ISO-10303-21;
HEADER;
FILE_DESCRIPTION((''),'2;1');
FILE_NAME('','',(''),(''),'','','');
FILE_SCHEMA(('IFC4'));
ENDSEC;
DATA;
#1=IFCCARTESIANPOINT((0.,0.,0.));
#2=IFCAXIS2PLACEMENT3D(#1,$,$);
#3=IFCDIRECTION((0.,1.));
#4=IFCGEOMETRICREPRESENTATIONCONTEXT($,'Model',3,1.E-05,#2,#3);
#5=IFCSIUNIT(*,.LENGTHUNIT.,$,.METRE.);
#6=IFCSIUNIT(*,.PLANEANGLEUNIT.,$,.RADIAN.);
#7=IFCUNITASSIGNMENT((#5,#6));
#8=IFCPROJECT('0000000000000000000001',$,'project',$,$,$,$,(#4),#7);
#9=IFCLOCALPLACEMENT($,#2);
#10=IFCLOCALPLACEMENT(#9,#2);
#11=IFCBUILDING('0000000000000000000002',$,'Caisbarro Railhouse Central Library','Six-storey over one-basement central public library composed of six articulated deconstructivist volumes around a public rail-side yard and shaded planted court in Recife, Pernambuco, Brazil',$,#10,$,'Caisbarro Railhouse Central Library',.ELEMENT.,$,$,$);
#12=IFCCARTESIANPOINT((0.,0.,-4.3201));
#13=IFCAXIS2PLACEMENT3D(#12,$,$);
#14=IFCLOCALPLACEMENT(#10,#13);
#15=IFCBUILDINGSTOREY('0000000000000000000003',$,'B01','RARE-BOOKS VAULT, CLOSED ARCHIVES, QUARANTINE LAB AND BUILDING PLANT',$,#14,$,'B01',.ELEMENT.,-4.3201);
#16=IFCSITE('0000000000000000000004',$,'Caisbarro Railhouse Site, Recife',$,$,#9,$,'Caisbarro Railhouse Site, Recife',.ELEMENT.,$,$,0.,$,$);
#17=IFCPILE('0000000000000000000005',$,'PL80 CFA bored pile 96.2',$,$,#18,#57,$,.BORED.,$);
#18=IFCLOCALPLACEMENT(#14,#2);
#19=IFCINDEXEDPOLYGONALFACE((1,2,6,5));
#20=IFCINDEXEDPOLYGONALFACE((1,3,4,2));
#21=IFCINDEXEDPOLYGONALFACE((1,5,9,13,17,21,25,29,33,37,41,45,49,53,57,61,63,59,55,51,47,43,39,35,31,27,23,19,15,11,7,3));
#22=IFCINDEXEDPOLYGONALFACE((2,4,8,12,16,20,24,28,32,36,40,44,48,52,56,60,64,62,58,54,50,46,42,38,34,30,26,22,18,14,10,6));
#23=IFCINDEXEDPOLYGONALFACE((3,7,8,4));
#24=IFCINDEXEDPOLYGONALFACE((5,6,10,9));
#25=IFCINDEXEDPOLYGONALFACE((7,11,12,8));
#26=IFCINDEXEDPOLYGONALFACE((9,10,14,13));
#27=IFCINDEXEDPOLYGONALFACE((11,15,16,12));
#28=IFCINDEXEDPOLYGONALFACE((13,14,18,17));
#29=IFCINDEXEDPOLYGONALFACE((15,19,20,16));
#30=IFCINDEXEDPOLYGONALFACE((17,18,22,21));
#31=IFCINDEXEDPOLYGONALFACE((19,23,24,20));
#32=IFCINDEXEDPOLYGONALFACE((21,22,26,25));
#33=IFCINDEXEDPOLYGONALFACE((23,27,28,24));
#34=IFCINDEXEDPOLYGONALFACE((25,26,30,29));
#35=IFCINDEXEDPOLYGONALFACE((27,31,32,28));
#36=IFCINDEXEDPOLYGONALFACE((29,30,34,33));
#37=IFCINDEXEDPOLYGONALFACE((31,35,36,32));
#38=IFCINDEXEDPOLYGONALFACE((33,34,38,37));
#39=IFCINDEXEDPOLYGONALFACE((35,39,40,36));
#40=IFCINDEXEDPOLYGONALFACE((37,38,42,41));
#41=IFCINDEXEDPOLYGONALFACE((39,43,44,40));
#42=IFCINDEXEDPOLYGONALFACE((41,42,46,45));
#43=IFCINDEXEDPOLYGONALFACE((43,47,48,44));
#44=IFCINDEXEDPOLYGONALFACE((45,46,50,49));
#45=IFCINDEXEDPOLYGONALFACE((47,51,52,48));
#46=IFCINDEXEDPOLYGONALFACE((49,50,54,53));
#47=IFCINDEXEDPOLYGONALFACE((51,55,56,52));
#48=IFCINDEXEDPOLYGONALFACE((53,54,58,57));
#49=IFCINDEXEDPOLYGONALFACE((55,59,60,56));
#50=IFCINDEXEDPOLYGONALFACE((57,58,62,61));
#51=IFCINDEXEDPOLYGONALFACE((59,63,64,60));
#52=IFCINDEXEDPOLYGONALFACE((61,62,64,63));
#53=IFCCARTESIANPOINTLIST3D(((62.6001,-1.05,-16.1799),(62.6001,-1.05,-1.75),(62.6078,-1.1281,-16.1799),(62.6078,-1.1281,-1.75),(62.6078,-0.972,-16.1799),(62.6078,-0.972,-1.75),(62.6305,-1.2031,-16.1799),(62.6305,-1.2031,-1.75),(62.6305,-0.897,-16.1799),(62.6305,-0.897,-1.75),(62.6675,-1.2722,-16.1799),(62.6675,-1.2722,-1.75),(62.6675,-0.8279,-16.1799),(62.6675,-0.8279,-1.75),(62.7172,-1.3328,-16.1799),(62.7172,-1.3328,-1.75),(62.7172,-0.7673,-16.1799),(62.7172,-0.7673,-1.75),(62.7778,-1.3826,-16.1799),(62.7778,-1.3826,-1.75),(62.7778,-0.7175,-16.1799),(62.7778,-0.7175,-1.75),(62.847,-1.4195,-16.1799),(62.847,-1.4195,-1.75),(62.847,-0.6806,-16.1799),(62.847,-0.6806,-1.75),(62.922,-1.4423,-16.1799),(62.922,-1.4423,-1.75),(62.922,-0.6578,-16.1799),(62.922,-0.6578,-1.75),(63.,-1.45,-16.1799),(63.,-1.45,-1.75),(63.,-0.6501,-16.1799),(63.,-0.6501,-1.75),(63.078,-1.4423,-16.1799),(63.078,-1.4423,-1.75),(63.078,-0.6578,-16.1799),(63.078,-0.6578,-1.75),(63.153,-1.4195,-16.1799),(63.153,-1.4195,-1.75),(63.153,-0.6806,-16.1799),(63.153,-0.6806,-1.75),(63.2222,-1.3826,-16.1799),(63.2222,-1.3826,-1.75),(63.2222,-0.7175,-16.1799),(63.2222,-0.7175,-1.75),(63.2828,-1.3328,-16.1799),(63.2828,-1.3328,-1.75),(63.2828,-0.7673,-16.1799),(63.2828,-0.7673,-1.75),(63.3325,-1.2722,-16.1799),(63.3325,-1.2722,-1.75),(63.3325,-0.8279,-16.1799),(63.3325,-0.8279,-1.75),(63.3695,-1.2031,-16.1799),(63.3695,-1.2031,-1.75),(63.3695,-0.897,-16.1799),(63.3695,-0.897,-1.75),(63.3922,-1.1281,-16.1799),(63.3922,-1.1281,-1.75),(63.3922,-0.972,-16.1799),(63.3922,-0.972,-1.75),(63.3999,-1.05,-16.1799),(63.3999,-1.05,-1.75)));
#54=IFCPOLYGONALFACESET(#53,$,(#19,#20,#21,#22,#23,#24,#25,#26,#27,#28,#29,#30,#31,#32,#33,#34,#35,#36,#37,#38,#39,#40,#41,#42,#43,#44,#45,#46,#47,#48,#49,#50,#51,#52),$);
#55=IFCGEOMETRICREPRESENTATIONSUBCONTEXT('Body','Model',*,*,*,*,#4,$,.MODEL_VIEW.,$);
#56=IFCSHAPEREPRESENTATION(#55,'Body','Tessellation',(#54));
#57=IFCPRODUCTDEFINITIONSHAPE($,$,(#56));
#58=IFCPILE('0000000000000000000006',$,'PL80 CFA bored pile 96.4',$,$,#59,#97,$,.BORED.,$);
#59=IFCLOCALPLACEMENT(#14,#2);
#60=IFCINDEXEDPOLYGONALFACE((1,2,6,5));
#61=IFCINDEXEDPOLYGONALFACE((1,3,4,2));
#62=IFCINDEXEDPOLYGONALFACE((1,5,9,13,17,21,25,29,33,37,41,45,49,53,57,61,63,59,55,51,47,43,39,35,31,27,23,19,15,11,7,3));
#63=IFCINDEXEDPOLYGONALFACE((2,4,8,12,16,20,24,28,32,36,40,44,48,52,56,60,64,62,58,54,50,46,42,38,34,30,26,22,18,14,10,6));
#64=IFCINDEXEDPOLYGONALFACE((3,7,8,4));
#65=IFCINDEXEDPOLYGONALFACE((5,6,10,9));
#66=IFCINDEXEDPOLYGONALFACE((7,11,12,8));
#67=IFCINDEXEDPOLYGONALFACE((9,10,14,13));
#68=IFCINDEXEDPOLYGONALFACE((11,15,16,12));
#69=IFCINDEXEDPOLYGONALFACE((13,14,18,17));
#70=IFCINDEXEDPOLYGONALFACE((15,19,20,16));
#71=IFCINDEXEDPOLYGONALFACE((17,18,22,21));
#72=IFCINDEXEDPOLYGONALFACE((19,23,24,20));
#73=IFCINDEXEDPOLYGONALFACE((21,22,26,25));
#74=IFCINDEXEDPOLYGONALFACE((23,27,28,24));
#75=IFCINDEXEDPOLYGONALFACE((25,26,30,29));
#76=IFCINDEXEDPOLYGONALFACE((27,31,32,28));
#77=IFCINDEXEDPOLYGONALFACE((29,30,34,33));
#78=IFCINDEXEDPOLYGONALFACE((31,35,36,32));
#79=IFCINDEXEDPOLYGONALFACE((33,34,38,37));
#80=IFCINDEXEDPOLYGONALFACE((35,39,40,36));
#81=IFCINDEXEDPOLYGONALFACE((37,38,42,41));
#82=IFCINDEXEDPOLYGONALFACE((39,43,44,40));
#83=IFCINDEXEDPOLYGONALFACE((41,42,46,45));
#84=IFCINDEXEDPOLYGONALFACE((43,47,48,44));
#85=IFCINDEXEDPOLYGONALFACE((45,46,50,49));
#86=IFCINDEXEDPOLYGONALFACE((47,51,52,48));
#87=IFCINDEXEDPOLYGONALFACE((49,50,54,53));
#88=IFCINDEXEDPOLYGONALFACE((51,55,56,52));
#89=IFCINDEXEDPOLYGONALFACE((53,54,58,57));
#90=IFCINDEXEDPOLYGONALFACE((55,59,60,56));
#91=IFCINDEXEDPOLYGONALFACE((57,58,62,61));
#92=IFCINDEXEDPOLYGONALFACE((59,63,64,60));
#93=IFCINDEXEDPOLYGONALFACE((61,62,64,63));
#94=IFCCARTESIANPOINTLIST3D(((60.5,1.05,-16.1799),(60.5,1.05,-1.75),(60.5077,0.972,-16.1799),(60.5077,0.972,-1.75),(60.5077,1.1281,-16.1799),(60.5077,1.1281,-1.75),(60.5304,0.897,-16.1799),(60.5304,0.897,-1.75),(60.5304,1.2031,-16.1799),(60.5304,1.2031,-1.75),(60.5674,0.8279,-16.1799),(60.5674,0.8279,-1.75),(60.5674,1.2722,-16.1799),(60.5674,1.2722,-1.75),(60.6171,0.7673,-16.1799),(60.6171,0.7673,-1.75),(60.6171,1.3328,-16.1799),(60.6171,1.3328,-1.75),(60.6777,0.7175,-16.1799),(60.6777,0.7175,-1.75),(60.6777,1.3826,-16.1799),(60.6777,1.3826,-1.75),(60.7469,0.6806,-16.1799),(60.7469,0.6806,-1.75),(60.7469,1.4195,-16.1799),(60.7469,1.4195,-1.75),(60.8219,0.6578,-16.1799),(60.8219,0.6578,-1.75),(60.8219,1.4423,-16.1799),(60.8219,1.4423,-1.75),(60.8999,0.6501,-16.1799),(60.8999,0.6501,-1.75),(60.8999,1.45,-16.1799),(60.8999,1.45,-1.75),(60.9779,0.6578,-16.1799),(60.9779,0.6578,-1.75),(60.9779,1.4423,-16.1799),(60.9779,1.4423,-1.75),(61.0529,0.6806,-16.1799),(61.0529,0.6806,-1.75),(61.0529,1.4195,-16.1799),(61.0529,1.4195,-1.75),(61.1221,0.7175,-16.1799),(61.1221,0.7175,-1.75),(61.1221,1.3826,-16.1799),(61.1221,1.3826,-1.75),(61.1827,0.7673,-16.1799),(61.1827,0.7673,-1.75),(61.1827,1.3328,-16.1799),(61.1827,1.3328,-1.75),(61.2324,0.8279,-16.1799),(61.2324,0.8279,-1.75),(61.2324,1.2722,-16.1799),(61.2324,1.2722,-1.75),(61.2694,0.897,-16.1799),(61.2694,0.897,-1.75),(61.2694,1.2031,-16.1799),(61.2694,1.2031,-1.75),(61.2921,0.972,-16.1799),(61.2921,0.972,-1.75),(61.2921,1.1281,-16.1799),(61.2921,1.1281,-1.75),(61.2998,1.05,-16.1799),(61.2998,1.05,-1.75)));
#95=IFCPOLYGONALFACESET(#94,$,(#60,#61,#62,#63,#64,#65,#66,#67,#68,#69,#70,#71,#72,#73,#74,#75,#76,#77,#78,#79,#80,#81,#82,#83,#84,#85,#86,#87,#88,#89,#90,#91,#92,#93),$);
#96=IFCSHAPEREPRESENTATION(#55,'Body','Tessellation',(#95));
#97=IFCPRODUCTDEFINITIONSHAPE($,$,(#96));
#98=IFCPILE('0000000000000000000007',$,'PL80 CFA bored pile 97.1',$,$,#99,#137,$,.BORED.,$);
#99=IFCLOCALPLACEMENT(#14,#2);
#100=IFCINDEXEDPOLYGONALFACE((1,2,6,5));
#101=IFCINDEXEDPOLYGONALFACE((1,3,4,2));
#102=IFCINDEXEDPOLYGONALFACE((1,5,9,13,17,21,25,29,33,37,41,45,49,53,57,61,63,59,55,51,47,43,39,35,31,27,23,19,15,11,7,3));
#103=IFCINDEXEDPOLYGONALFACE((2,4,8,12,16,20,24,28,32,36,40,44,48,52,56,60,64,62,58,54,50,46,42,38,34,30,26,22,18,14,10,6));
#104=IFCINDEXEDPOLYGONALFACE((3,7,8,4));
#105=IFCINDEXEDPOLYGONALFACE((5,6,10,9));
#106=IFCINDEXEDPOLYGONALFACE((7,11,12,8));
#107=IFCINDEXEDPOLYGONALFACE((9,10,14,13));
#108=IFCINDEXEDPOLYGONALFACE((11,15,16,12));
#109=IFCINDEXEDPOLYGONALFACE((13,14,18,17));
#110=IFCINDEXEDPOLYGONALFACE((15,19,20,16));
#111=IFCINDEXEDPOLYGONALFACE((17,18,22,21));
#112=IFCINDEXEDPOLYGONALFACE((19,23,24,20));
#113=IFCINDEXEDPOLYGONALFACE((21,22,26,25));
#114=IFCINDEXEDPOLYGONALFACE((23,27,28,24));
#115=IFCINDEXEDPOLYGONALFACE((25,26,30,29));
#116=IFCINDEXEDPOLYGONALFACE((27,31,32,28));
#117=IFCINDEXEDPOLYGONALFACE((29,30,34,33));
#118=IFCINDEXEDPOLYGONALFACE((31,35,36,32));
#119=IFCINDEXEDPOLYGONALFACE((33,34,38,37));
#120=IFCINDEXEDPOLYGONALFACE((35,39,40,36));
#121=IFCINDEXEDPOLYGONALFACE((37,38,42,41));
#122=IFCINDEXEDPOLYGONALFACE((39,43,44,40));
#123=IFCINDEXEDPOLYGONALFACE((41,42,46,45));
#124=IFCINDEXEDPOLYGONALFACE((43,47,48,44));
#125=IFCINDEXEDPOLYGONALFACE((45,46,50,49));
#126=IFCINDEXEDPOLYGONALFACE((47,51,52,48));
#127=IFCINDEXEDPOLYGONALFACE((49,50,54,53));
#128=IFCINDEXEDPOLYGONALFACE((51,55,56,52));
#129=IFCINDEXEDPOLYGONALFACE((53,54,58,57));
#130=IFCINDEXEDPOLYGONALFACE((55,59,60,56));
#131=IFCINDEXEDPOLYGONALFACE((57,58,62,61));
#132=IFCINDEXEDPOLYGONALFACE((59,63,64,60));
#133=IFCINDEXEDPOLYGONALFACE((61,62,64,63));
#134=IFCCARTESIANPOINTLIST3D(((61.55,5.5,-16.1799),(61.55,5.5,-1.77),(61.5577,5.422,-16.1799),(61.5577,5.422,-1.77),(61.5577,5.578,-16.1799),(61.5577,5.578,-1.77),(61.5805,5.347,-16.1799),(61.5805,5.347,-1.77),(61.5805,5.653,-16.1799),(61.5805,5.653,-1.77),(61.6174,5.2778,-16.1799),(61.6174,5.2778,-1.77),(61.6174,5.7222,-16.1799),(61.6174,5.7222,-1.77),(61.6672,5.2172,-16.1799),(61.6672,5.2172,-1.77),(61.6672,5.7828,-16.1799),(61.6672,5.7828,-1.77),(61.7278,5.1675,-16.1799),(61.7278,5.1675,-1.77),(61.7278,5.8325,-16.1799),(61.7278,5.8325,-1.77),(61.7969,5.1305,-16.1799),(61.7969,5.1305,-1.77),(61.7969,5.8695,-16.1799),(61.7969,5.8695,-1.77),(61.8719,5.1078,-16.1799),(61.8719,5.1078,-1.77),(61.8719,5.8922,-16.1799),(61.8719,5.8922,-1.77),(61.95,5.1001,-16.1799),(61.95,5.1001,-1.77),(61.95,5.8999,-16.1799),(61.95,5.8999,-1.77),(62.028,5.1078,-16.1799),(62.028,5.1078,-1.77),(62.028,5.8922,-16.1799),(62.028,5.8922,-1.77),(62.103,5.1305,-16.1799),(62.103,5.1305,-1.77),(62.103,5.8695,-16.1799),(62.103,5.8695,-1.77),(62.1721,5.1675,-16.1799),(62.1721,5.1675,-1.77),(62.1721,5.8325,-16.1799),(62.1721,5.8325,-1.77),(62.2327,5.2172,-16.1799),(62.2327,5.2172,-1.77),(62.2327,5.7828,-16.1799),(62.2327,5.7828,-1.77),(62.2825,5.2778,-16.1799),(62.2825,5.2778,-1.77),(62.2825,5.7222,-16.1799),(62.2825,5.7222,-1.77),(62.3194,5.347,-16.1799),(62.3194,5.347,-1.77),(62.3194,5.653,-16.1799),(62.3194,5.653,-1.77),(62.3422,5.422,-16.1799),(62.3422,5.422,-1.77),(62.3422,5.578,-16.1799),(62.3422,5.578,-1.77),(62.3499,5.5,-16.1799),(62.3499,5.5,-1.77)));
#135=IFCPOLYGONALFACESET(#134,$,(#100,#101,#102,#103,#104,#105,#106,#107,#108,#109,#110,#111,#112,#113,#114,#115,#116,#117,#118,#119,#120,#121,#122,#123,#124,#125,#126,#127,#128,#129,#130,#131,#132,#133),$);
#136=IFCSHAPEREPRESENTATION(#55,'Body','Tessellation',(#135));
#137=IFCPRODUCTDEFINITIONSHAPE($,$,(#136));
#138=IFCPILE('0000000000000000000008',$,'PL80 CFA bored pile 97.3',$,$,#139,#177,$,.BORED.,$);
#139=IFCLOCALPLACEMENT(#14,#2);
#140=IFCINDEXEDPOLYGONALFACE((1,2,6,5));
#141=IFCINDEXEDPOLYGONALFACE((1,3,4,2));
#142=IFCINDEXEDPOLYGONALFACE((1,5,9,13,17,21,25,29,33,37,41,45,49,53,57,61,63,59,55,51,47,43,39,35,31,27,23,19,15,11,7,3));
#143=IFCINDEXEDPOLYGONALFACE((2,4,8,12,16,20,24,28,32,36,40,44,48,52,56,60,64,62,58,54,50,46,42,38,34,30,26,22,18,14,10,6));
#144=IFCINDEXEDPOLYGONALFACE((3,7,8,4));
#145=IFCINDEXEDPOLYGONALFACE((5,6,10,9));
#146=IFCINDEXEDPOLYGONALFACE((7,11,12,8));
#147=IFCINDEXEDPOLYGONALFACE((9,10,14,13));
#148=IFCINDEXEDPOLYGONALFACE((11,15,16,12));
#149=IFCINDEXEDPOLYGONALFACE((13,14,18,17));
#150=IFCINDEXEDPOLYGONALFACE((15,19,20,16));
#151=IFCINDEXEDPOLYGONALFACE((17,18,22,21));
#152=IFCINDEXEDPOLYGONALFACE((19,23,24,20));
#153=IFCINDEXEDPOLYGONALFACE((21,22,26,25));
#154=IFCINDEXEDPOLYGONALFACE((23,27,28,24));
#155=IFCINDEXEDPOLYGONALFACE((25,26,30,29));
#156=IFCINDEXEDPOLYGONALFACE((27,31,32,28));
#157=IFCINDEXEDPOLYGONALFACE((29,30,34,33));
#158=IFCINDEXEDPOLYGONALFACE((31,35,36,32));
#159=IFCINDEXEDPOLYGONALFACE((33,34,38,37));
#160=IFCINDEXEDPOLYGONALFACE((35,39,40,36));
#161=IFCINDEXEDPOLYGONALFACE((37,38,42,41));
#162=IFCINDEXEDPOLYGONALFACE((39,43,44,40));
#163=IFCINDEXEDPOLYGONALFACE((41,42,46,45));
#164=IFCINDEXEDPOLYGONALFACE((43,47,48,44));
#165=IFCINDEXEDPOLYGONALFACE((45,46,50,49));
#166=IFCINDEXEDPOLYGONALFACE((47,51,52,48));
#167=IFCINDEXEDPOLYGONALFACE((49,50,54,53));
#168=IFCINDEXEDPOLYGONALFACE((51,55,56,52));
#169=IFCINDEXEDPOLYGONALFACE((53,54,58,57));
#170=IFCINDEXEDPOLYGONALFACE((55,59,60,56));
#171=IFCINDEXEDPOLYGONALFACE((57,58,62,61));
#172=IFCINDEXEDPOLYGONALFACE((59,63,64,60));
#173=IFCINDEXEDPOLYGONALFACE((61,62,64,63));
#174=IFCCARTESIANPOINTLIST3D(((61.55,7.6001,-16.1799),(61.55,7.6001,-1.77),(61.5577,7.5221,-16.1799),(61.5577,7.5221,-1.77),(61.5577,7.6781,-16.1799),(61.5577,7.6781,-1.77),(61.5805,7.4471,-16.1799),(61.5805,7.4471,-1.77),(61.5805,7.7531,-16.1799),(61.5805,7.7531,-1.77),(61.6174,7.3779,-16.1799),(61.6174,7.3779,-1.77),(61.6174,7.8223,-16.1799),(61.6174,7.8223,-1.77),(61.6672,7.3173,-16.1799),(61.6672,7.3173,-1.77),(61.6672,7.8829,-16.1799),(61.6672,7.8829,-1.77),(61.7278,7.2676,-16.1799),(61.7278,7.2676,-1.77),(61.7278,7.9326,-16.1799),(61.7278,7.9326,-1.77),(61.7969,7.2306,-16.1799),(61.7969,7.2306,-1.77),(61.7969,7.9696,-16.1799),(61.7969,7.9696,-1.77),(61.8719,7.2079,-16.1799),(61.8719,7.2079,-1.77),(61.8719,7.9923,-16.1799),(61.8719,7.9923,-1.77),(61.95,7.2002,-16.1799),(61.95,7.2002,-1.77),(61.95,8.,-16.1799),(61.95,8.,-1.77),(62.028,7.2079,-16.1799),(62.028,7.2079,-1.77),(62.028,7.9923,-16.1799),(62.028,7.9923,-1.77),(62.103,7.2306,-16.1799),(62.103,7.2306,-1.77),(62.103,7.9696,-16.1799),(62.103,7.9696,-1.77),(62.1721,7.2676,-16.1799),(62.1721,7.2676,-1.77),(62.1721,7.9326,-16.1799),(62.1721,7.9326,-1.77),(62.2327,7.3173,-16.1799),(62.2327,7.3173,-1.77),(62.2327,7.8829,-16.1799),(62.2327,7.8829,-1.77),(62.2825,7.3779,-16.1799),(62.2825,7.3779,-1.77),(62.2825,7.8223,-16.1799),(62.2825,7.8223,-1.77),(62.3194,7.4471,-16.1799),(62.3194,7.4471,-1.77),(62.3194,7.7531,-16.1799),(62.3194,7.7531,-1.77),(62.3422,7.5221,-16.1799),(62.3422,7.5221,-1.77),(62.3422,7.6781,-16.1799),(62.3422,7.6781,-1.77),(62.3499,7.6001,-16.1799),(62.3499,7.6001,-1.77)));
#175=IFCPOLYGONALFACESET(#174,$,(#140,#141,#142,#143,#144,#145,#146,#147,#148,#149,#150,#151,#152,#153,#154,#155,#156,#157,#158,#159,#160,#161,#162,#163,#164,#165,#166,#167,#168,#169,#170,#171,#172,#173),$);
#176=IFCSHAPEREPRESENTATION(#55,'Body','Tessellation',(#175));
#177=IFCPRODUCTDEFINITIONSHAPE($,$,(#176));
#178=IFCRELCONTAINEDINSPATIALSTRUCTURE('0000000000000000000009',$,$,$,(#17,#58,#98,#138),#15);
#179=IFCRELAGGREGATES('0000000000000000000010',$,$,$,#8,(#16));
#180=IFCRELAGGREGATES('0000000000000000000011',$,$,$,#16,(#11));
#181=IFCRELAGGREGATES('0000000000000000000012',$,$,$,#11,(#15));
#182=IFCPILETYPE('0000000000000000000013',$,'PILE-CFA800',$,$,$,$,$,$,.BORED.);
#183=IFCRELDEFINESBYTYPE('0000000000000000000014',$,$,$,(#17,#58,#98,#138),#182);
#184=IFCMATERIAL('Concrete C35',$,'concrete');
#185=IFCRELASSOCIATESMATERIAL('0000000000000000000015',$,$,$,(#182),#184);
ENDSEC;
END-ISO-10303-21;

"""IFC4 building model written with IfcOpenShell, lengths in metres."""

from ifc_helpers import new_model, si_unit, direction, frame, origin, origin_2d, place, context, subcontext, project, spatial, circle, extrude, material, material_profile, profile_set, type_object, element, save


model = new_model("IFC4")

# Units and contexts
model_context = context("Model", 3, precision=1e-05, world=origin(), true_north=direction((0.0, 1.0)))
body_context = subcontext(model_context, "Body", "Model", "MODEL_VIEW")
ifc_project = project(units=[si_unit("LENGTHUNIT", "METRE"), si_unit("PLANEANGLEUNIT", "RADIAN")], contexts=[model_context])

# Site, building, storey
site_placement = place(None, origin())
site = spatial("IfcSite", under=ifc_project, at=site_placement, Name="Caisbarro Railhouse Site, Recife", LongName="Caisbarro Railhouse Site, Recife", CompositionType="ELEMENT", RefElevation=0.0)
building_placement = place(site_placement, origin())
building = spatial("IfcBuilding", under=site, at=building_placement, Name="Caisbarro Railhouse Central Library", Description="Six-storey over one-basement central public library composed of six articulated deconstructivist volumes around a public rail-side yard and shaded planted court in Recife, Pernambuco, Brazil", LongName="Caisbarro Railhouse Central Library", CompositionType="ELEMENT")
storey_placement = place(building_placement, frame((0.0, 0.0, -4.3201)))
storey = spatial("IfcBuildingStorey", under=building, at=storey_placement, Name="B01", Description="RARE-BOOKS VAULT, CLOSED ARCHIVES, QUARANTINE LAB AND BUILDING PLANT", LongName="B01", CompositionType="ELEMENT", Elevation=-4.3201)

# Piles
ifc_material_1 = material(Name="Concrete C35", Category="concrete")
ifc_material_profile_1 = material_profile(ifc_material_1, circle(Radius=0.3999, at=origin_2d()), Name="PILE-CFA-800")
ifc_profile_set_1 = profile_set([ifc_material_profile_1], Name="Concrete C35")
pile_type = type_object("IfcPileType", Name="PILE-CFA800", PredefinedType="BORED", material=ifc_profile_set_1)
for number, where, z_axis, x_axis, name in (
    (1, (63.0, -1.05, -1.75), (0.0, 0.0, -1.0), (1.0, 0.0, 0.0), "PL80 CFA bored pile 96.2"),
    (2, (60.8999, 1.05, -1.75), (0.0, 0.0, -1.0), (1.0, 0.0, 0.0), "PL80 CFA bored pile 96.4"),
):
    element("IfcPile", number, at=place(storey_placement, frame(where, z_axis=z_axis, x_axis=x_axis)), inside=storey, type_object=pile_type, Name=name, PredefinedType="BORED", context=body_context, shape_type="SweptSolid", body=[
        extrude(circle(Radius=0.3999, at=origin_2d()), origin(), (0.0, 0.0, 1.0), 14.4299),
    ])
for number, where, z_axis, x_axis, name in (
    (3, (61.95, 5.5, -1.77), (0.0, 0.0, -1.0), (1.0, 0.0, 0.0), "PL80 CFA bored pile 97.1"),
    (4, (61.95, 7.6001, -1.77), (0.0, 0.0, -1.0), (1.0, 0.0, 0.0), "PL80 CFA bored pile 97.3"),
):
    element("IfcPile", number, at=place(storey_placement, frame(where, z_axis=z_axis, x_axis=x_axis)), inside=storey, type_object=pile_type, Name=name, PredefinedType="BORED", context=body_context, shape_type="SweptSolid", body=[
        extrude(circle(Radius=0.3999, at=origin_2d()), origin(), (0.0, 0.0, 1.0), 14.4099),
    ])

save(model, "model.ifc")
